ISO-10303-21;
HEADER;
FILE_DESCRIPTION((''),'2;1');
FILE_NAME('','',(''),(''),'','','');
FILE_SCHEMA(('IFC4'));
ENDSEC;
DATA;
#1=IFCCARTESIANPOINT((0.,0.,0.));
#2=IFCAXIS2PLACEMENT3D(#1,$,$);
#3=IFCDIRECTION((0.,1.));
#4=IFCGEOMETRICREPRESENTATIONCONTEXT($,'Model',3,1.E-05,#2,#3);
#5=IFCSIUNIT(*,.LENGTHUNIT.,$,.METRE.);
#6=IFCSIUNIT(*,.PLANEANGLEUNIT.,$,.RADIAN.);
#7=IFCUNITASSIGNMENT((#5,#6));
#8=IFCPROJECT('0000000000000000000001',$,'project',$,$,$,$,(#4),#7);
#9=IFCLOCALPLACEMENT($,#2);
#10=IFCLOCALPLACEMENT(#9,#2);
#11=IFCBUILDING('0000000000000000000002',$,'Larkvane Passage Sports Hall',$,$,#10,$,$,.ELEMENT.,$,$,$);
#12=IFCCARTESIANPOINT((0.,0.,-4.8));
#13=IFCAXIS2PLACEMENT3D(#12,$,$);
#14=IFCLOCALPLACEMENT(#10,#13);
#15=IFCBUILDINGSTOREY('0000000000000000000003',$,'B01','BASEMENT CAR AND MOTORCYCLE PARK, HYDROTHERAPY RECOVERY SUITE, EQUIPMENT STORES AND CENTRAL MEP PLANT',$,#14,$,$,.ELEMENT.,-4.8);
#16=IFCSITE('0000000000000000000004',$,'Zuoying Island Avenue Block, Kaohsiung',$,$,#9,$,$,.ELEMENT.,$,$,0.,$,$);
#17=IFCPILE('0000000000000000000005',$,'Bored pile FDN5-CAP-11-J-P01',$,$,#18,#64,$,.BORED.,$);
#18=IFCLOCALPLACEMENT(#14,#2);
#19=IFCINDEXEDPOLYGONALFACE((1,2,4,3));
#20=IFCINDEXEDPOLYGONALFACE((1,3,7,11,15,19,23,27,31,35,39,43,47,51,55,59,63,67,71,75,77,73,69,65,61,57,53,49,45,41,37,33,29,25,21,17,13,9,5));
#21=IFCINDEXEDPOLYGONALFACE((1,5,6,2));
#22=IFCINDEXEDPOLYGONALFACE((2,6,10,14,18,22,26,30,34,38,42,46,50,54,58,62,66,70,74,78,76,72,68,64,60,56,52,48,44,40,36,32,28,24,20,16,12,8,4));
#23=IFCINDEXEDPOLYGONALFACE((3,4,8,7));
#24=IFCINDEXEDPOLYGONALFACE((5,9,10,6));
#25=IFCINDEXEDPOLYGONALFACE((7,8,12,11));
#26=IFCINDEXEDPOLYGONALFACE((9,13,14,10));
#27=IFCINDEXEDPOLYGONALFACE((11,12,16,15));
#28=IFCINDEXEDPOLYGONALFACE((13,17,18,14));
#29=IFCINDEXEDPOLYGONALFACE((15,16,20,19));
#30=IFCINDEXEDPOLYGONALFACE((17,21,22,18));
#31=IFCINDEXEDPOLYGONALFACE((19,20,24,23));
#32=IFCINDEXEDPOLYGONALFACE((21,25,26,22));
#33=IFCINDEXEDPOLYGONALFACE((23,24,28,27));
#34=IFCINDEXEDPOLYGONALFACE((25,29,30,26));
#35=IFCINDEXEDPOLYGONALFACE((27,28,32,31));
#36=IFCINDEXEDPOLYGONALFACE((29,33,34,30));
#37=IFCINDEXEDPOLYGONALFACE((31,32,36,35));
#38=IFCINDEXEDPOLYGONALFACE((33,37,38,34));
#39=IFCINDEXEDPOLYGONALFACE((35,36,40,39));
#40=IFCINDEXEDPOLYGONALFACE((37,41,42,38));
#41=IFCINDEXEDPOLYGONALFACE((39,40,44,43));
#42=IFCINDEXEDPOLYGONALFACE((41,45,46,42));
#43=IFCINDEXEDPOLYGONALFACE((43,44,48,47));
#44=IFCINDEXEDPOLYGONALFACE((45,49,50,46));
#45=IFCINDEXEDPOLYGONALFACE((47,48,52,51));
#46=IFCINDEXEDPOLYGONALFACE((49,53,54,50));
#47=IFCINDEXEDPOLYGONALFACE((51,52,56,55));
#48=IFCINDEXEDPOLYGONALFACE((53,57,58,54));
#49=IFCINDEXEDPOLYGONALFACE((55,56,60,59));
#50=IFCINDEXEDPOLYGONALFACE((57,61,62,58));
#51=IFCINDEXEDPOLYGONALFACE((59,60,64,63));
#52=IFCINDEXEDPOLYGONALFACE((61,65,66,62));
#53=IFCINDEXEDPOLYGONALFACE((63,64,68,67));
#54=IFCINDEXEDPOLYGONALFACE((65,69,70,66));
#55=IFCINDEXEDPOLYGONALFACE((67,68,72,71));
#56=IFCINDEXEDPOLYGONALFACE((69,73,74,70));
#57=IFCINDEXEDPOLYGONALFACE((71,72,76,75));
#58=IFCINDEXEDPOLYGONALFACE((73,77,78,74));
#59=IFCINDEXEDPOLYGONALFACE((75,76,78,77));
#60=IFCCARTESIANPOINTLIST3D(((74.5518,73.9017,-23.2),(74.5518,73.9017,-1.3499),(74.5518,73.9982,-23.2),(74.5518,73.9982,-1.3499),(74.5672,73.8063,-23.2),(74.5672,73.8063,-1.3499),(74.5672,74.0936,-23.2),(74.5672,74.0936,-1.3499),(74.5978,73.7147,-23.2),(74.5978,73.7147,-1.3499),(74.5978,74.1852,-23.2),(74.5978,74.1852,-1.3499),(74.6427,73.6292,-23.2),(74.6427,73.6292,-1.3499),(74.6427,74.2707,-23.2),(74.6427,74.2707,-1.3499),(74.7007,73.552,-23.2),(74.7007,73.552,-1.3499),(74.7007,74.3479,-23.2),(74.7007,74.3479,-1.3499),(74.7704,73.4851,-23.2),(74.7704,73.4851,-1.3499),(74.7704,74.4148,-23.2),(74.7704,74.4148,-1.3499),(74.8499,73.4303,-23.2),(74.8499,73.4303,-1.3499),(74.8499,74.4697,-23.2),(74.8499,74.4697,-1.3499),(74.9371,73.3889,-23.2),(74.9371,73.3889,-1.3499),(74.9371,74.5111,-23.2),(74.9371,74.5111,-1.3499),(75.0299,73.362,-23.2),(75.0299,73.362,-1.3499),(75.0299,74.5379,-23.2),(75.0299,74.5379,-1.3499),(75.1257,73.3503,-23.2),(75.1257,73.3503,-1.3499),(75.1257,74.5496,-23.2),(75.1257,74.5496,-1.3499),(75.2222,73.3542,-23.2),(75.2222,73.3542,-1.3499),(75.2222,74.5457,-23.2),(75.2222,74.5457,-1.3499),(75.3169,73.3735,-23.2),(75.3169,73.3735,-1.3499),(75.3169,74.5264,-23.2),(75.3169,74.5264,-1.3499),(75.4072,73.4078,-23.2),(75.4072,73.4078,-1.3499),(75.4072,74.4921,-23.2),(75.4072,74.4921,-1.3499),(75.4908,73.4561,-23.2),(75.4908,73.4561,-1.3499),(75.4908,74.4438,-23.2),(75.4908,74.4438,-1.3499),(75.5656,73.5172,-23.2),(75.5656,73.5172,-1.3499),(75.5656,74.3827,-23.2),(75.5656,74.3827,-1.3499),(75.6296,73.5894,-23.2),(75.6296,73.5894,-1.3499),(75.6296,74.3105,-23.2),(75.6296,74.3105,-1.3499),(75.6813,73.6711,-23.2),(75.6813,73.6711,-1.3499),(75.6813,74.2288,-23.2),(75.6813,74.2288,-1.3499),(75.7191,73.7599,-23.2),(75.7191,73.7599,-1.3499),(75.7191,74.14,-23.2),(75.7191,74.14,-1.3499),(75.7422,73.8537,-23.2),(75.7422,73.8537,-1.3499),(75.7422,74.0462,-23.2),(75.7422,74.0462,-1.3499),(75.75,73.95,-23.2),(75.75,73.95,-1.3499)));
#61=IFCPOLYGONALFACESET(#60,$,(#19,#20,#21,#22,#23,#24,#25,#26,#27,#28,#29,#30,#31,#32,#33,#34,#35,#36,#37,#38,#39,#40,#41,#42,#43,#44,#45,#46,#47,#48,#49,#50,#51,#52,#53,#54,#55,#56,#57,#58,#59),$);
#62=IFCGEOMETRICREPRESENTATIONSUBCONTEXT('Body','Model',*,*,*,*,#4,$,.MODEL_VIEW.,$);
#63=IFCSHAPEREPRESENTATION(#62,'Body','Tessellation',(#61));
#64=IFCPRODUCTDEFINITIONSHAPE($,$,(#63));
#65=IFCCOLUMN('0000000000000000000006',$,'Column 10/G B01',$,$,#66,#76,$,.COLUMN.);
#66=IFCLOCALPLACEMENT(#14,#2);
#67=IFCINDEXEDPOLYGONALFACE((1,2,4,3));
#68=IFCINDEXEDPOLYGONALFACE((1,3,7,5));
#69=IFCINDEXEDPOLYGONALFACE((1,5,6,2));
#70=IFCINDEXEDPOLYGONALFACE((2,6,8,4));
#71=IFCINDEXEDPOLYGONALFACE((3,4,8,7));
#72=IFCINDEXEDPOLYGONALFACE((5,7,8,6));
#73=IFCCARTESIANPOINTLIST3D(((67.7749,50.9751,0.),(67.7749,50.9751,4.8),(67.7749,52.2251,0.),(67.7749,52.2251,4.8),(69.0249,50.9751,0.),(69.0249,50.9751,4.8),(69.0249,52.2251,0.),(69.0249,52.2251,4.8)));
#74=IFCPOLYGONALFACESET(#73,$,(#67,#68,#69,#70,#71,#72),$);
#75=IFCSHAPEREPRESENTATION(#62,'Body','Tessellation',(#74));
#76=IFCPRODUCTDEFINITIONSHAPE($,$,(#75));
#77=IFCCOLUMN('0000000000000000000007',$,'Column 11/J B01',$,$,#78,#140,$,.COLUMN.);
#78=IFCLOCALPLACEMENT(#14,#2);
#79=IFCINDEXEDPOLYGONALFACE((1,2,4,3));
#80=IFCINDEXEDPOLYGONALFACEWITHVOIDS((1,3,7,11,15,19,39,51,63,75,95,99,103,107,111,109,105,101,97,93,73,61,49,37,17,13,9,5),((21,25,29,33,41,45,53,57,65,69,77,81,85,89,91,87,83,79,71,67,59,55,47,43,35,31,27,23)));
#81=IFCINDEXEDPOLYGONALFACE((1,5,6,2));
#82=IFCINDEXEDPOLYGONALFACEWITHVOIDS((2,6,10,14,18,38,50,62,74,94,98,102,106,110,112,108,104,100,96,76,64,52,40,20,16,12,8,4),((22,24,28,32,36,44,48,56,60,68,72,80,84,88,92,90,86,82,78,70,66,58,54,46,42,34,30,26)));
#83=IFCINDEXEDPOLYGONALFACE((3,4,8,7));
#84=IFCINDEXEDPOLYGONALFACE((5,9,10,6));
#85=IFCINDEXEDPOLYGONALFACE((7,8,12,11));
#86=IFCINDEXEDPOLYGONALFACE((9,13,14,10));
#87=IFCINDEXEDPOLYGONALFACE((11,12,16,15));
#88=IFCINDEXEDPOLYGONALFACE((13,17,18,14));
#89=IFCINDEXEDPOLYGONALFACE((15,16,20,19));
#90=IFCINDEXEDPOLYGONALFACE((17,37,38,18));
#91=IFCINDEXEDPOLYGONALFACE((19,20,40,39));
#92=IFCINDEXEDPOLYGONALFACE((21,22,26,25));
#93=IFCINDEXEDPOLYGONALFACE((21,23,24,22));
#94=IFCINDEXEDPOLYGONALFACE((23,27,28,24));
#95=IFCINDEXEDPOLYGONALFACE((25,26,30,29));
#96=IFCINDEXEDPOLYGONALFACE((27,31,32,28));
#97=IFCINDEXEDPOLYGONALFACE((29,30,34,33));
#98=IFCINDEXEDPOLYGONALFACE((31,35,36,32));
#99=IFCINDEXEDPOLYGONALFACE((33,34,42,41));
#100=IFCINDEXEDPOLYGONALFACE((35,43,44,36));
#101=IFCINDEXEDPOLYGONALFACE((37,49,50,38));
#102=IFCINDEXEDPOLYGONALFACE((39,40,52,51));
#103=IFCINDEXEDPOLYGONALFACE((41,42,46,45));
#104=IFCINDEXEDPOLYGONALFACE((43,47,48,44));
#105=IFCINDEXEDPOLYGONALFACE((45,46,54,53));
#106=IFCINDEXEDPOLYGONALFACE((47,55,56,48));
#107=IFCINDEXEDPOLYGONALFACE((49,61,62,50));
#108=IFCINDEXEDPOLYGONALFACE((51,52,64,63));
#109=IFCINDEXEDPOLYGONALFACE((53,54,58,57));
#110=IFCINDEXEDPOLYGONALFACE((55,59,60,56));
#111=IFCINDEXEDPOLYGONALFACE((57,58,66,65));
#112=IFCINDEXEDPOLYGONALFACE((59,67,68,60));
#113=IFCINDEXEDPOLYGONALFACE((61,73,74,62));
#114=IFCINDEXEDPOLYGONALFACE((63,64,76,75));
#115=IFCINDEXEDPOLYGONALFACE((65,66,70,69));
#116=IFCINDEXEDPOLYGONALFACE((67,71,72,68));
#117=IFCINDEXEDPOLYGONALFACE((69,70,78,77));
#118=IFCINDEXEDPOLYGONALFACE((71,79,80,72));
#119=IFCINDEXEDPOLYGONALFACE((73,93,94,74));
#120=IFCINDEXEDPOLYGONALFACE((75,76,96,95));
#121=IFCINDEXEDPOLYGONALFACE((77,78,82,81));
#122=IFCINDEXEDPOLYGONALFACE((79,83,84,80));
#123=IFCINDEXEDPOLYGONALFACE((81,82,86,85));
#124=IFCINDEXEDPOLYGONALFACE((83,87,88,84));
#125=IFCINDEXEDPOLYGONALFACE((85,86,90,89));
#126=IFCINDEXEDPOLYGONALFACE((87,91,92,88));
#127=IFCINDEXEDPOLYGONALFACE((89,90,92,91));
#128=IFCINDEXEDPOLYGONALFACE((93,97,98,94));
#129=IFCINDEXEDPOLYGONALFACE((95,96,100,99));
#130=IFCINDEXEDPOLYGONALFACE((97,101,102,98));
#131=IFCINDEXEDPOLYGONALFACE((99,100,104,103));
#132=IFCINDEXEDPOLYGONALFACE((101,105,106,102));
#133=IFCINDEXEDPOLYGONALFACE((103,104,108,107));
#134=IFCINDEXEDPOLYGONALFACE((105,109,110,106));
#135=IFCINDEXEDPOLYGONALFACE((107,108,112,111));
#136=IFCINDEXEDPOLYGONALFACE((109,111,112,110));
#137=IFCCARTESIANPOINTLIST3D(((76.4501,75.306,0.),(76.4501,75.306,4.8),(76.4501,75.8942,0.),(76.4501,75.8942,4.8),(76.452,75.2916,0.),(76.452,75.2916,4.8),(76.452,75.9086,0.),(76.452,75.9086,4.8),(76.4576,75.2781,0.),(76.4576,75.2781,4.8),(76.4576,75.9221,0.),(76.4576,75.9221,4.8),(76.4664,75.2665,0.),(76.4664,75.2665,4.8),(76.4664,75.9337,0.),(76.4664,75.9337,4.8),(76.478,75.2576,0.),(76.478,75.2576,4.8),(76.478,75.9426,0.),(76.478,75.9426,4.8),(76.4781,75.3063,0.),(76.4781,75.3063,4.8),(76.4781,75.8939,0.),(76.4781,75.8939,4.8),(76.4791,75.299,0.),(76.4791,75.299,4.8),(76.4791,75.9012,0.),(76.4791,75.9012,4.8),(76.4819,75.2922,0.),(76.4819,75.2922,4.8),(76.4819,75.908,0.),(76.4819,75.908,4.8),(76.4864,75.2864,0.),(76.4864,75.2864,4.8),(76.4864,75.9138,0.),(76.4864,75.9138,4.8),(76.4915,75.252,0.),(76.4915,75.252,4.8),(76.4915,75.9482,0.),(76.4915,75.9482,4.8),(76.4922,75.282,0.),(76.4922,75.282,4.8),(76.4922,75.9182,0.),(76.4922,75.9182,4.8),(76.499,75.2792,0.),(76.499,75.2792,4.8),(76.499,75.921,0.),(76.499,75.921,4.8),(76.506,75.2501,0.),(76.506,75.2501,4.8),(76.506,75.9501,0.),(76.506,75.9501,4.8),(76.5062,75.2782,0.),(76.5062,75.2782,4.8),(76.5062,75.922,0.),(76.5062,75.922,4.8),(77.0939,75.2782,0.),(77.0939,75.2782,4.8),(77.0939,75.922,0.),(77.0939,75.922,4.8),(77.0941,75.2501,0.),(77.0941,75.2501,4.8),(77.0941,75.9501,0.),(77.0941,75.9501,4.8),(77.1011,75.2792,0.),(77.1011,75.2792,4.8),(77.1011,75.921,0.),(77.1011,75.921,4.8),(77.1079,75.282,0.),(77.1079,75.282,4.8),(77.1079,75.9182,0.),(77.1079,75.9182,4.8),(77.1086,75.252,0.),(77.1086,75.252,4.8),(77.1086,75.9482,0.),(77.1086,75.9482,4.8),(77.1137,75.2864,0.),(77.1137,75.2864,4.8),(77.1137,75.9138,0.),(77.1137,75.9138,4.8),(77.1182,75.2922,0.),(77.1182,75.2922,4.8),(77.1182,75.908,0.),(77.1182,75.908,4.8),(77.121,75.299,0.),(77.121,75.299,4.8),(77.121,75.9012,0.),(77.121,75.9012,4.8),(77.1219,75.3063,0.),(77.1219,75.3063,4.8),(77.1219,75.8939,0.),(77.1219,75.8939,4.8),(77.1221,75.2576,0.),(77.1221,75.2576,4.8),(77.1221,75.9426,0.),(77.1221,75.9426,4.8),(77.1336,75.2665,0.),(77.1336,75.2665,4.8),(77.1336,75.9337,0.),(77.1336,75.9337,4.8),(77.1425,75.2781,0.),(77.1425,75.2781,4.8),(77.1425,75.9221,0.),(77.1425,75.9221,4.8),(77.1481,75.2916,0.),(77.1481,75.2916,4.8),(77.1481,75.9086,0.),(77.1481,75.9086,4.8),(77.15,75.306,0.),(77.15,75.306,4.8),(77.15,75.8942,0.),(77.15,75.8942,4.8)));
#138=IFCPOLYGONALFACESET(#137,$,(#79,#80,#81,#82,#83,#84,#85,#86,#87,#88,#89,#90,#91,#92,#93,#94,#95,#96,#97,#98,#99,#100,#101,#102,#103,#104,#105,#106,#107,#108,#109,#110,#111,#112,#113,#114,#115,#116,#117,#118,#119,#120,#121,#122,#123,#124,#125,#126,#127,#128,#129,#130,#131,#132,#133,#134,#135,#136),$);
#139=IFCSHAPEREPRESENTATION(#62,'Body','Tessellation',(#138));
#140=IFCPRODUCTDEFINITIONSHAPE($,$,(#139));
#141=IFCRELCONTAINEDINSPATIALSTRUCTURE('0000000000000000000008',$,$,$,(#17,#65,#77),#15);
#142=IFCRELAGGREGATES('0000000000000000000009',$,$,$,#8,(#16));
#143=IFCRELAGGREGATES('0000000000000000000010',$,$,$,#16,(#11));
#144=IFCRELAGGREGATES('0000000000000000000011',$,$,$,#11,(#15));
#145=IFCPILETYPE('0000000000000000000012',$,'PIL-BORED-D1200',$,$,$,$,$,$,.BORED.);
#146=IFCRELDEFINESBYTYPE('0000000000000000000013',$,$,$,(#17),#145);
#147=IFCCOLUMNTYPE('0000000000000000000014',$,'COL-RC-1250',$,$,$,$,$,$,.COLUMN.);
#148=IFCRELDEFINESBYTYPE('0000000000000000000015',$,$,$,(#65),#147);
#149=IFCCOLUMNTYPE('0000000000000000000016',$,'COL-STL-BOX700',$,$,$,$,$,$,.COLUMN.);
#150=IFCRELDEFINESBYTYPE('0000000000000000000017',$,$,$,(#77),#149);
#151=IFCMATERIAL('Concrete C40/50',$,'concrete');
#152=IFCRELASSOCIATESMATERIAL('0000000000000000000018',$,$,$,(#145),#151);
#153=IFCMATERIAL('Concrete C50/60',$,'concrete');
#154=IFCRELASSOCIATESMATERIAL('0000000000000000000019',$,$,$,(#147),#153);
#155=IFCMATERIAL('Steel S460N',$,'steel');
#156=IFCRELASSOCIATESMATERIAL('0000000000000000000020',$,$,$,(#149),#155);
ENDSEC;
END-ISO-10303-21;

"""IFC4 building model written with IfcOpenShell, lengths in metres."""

from ifc_helpers import new_model, si_unit, direction, frame, origin, origin_2d, place, context, subcontext, project, spatial, rectangle, hollow_rectangle, circle, extrude, material, material_profile, profile_set, type_object, element, save


model = new_model("IFC4")

# Units and contexts
model_context = context("Model", 3, precision=1e-05, world=origin(), true_north=direction((0.0, 1.0)))
body_context = subcontext(model_context, "Body", "Model", "MODEL_VIEW")
ifc_project = project(units=[si_unit("LENGTHUNIT", "METRE"), si_unit("PLANEANGLEUNIT", "RADIAN")], contexts=[model_context])

# Site, building, storey
site_placement = place(None, origin())
site = spatial("IfcSite", under=ifc_project, at=site_placement, Name="Zuoying Island Avenue Block, Kaohsiung", CompositionType="ELEMENT", RefElevation=0.0)
building_placement = place(site_placement, origin())
building = spatial("IfcBuilding", under=site, at=building_placement, Name="Larkvane Passage Sports Hall", CompositionType="ELEMENT")
storey_placement = place(building_placement, frame((0.0, 0.0, -4.8)))
storey = spatial("IfcBuildingStorey", under=building, at=storey_placement, Name="B01", Description="BASEMENT CAR AND MOTORCYCLE PARK, HYDROTHERAPY RECOVERY SUITE, EQUIPMENT STORES AND CENTRAL MEP PLANT", CompositionType="ELEMENT", Elevation=-4.8)

# Shared definitions
ifc_material_1 = material(Name="Concrete C40/50", Category="concrete")

# Pile
ifc_material_profile_1 = material_profile(ifc_material_1, circle(Radius=0.6001, at=origin_2d()), Name="PILE-D1200")
ifc_profile_set_1 = profile_set([ifc_material_profile_1], Name="Concrete C40/50")
pile_type_1 = type_object("IfcPileType", Name="PIL-BORED-D1200", PredefinedType="BORED", material=ifc_profile_set_1)
for number, where, z_axis, x_axis, name in (
    (1, (75.1499, 73.95, -1.3499), (0.0, 0.0, -1.0), (1.0, 0.0, 0.0), "Bored pile FDN5-CAP-11-J-P01"),
):
    element("IfcPile", number, at=place(storey_placement, frame(where, z_axis=z_axis, x_axis=x_axis)), inside=storey, type_object=pile_type_1, Name=name, PredefinedType="BORED", context=body_context, shape_type="SweptSolid", body=[
        extrude(circle(Radius=0.6001, at=origin_2d()), origin(), (0.0, 0.0, 1.0), 21.8501),
    ])

# Columns
ifc_material_2 = material(Name="Concrete C50/60", Category="concrete")
ifc_material_profile_2 = material_profile(ifc_material_2, rectangle(XDim=1.25, YDim=1.25, at=origin_2d()), Name="RC-COL-1250x1250")
ifc_profile_set_2 = profile_set([ifc_material_profile_2], Name="Concrete C50/60")
column_type_1 = type_object("IfcColumnType", Name="COL-RC-1250", PredefinedType="COLUMN", material=ifc_profile_set_2)
column_1_placement = place(storey_placement, frame((68.3999, 51.6001, 0.0), z_axis=(0.0, 0.0, 1.0), x_axis=(1.0, 0.0, 0.0)))
element("IfcColumn", 2, at=column_1_placement, inside=storey, type_object=column_type_1, Name="Column 10/G B01", PredefinedType="COLUMN", context=body_context, shape_type="SweptSolid", body=[
    extrude(rectangle(XDim=1.25, YDim=1.25, at=origin_2d()), origin(), (0.0, 0.0, 1.0), 4.8),
])
ifc_material_3 = material(Name="Steel S460N", Category="steel")
ifc_material_profile_3 = material_profile(ifc_material_3, hollow_rectangle(XDim=0.7, YDim=0.7, WallThickness=0.0281, InnerFilletRadius=0.0281, OuterFilletRadius=0.0559, at=origin_2d()), Name="BOX-700x700x28")
ifc_profile_set_3 = profile_set([ifc_material_profile_3], Name="Steel S460N")
column_type_2 = type_object("IfcColumnType", Name="COL-STL-BOX700", PredefinedType="COLUMN", material=ifc_profile_set_3)
column_2_placement = place(storey_placement, frame((76.8, 75.6001, 0.0), z_axis=(0.0, 0.0, 1.0), x_axis=(1.0, 0.0, 0.0)))
element("IfcColumn", 3, at=column_2_placement, inside=storey, type_object=column_type_2, Name="Column 11/J B01", PredefinedType="COLUMN", context=body_context, shape_type="SweptSolid", body=[
    extrude(hollow_rectangle(XDim=0.7, YDim=0.7, WallThickness=0.0281, InnerFilletRadius=0.0281, OuterFilletRadius=0.0559, at=origin_2d()), origin(), (0.0, 0.0, 1.0), 4.8),
])

save(model, "model.ifc")
